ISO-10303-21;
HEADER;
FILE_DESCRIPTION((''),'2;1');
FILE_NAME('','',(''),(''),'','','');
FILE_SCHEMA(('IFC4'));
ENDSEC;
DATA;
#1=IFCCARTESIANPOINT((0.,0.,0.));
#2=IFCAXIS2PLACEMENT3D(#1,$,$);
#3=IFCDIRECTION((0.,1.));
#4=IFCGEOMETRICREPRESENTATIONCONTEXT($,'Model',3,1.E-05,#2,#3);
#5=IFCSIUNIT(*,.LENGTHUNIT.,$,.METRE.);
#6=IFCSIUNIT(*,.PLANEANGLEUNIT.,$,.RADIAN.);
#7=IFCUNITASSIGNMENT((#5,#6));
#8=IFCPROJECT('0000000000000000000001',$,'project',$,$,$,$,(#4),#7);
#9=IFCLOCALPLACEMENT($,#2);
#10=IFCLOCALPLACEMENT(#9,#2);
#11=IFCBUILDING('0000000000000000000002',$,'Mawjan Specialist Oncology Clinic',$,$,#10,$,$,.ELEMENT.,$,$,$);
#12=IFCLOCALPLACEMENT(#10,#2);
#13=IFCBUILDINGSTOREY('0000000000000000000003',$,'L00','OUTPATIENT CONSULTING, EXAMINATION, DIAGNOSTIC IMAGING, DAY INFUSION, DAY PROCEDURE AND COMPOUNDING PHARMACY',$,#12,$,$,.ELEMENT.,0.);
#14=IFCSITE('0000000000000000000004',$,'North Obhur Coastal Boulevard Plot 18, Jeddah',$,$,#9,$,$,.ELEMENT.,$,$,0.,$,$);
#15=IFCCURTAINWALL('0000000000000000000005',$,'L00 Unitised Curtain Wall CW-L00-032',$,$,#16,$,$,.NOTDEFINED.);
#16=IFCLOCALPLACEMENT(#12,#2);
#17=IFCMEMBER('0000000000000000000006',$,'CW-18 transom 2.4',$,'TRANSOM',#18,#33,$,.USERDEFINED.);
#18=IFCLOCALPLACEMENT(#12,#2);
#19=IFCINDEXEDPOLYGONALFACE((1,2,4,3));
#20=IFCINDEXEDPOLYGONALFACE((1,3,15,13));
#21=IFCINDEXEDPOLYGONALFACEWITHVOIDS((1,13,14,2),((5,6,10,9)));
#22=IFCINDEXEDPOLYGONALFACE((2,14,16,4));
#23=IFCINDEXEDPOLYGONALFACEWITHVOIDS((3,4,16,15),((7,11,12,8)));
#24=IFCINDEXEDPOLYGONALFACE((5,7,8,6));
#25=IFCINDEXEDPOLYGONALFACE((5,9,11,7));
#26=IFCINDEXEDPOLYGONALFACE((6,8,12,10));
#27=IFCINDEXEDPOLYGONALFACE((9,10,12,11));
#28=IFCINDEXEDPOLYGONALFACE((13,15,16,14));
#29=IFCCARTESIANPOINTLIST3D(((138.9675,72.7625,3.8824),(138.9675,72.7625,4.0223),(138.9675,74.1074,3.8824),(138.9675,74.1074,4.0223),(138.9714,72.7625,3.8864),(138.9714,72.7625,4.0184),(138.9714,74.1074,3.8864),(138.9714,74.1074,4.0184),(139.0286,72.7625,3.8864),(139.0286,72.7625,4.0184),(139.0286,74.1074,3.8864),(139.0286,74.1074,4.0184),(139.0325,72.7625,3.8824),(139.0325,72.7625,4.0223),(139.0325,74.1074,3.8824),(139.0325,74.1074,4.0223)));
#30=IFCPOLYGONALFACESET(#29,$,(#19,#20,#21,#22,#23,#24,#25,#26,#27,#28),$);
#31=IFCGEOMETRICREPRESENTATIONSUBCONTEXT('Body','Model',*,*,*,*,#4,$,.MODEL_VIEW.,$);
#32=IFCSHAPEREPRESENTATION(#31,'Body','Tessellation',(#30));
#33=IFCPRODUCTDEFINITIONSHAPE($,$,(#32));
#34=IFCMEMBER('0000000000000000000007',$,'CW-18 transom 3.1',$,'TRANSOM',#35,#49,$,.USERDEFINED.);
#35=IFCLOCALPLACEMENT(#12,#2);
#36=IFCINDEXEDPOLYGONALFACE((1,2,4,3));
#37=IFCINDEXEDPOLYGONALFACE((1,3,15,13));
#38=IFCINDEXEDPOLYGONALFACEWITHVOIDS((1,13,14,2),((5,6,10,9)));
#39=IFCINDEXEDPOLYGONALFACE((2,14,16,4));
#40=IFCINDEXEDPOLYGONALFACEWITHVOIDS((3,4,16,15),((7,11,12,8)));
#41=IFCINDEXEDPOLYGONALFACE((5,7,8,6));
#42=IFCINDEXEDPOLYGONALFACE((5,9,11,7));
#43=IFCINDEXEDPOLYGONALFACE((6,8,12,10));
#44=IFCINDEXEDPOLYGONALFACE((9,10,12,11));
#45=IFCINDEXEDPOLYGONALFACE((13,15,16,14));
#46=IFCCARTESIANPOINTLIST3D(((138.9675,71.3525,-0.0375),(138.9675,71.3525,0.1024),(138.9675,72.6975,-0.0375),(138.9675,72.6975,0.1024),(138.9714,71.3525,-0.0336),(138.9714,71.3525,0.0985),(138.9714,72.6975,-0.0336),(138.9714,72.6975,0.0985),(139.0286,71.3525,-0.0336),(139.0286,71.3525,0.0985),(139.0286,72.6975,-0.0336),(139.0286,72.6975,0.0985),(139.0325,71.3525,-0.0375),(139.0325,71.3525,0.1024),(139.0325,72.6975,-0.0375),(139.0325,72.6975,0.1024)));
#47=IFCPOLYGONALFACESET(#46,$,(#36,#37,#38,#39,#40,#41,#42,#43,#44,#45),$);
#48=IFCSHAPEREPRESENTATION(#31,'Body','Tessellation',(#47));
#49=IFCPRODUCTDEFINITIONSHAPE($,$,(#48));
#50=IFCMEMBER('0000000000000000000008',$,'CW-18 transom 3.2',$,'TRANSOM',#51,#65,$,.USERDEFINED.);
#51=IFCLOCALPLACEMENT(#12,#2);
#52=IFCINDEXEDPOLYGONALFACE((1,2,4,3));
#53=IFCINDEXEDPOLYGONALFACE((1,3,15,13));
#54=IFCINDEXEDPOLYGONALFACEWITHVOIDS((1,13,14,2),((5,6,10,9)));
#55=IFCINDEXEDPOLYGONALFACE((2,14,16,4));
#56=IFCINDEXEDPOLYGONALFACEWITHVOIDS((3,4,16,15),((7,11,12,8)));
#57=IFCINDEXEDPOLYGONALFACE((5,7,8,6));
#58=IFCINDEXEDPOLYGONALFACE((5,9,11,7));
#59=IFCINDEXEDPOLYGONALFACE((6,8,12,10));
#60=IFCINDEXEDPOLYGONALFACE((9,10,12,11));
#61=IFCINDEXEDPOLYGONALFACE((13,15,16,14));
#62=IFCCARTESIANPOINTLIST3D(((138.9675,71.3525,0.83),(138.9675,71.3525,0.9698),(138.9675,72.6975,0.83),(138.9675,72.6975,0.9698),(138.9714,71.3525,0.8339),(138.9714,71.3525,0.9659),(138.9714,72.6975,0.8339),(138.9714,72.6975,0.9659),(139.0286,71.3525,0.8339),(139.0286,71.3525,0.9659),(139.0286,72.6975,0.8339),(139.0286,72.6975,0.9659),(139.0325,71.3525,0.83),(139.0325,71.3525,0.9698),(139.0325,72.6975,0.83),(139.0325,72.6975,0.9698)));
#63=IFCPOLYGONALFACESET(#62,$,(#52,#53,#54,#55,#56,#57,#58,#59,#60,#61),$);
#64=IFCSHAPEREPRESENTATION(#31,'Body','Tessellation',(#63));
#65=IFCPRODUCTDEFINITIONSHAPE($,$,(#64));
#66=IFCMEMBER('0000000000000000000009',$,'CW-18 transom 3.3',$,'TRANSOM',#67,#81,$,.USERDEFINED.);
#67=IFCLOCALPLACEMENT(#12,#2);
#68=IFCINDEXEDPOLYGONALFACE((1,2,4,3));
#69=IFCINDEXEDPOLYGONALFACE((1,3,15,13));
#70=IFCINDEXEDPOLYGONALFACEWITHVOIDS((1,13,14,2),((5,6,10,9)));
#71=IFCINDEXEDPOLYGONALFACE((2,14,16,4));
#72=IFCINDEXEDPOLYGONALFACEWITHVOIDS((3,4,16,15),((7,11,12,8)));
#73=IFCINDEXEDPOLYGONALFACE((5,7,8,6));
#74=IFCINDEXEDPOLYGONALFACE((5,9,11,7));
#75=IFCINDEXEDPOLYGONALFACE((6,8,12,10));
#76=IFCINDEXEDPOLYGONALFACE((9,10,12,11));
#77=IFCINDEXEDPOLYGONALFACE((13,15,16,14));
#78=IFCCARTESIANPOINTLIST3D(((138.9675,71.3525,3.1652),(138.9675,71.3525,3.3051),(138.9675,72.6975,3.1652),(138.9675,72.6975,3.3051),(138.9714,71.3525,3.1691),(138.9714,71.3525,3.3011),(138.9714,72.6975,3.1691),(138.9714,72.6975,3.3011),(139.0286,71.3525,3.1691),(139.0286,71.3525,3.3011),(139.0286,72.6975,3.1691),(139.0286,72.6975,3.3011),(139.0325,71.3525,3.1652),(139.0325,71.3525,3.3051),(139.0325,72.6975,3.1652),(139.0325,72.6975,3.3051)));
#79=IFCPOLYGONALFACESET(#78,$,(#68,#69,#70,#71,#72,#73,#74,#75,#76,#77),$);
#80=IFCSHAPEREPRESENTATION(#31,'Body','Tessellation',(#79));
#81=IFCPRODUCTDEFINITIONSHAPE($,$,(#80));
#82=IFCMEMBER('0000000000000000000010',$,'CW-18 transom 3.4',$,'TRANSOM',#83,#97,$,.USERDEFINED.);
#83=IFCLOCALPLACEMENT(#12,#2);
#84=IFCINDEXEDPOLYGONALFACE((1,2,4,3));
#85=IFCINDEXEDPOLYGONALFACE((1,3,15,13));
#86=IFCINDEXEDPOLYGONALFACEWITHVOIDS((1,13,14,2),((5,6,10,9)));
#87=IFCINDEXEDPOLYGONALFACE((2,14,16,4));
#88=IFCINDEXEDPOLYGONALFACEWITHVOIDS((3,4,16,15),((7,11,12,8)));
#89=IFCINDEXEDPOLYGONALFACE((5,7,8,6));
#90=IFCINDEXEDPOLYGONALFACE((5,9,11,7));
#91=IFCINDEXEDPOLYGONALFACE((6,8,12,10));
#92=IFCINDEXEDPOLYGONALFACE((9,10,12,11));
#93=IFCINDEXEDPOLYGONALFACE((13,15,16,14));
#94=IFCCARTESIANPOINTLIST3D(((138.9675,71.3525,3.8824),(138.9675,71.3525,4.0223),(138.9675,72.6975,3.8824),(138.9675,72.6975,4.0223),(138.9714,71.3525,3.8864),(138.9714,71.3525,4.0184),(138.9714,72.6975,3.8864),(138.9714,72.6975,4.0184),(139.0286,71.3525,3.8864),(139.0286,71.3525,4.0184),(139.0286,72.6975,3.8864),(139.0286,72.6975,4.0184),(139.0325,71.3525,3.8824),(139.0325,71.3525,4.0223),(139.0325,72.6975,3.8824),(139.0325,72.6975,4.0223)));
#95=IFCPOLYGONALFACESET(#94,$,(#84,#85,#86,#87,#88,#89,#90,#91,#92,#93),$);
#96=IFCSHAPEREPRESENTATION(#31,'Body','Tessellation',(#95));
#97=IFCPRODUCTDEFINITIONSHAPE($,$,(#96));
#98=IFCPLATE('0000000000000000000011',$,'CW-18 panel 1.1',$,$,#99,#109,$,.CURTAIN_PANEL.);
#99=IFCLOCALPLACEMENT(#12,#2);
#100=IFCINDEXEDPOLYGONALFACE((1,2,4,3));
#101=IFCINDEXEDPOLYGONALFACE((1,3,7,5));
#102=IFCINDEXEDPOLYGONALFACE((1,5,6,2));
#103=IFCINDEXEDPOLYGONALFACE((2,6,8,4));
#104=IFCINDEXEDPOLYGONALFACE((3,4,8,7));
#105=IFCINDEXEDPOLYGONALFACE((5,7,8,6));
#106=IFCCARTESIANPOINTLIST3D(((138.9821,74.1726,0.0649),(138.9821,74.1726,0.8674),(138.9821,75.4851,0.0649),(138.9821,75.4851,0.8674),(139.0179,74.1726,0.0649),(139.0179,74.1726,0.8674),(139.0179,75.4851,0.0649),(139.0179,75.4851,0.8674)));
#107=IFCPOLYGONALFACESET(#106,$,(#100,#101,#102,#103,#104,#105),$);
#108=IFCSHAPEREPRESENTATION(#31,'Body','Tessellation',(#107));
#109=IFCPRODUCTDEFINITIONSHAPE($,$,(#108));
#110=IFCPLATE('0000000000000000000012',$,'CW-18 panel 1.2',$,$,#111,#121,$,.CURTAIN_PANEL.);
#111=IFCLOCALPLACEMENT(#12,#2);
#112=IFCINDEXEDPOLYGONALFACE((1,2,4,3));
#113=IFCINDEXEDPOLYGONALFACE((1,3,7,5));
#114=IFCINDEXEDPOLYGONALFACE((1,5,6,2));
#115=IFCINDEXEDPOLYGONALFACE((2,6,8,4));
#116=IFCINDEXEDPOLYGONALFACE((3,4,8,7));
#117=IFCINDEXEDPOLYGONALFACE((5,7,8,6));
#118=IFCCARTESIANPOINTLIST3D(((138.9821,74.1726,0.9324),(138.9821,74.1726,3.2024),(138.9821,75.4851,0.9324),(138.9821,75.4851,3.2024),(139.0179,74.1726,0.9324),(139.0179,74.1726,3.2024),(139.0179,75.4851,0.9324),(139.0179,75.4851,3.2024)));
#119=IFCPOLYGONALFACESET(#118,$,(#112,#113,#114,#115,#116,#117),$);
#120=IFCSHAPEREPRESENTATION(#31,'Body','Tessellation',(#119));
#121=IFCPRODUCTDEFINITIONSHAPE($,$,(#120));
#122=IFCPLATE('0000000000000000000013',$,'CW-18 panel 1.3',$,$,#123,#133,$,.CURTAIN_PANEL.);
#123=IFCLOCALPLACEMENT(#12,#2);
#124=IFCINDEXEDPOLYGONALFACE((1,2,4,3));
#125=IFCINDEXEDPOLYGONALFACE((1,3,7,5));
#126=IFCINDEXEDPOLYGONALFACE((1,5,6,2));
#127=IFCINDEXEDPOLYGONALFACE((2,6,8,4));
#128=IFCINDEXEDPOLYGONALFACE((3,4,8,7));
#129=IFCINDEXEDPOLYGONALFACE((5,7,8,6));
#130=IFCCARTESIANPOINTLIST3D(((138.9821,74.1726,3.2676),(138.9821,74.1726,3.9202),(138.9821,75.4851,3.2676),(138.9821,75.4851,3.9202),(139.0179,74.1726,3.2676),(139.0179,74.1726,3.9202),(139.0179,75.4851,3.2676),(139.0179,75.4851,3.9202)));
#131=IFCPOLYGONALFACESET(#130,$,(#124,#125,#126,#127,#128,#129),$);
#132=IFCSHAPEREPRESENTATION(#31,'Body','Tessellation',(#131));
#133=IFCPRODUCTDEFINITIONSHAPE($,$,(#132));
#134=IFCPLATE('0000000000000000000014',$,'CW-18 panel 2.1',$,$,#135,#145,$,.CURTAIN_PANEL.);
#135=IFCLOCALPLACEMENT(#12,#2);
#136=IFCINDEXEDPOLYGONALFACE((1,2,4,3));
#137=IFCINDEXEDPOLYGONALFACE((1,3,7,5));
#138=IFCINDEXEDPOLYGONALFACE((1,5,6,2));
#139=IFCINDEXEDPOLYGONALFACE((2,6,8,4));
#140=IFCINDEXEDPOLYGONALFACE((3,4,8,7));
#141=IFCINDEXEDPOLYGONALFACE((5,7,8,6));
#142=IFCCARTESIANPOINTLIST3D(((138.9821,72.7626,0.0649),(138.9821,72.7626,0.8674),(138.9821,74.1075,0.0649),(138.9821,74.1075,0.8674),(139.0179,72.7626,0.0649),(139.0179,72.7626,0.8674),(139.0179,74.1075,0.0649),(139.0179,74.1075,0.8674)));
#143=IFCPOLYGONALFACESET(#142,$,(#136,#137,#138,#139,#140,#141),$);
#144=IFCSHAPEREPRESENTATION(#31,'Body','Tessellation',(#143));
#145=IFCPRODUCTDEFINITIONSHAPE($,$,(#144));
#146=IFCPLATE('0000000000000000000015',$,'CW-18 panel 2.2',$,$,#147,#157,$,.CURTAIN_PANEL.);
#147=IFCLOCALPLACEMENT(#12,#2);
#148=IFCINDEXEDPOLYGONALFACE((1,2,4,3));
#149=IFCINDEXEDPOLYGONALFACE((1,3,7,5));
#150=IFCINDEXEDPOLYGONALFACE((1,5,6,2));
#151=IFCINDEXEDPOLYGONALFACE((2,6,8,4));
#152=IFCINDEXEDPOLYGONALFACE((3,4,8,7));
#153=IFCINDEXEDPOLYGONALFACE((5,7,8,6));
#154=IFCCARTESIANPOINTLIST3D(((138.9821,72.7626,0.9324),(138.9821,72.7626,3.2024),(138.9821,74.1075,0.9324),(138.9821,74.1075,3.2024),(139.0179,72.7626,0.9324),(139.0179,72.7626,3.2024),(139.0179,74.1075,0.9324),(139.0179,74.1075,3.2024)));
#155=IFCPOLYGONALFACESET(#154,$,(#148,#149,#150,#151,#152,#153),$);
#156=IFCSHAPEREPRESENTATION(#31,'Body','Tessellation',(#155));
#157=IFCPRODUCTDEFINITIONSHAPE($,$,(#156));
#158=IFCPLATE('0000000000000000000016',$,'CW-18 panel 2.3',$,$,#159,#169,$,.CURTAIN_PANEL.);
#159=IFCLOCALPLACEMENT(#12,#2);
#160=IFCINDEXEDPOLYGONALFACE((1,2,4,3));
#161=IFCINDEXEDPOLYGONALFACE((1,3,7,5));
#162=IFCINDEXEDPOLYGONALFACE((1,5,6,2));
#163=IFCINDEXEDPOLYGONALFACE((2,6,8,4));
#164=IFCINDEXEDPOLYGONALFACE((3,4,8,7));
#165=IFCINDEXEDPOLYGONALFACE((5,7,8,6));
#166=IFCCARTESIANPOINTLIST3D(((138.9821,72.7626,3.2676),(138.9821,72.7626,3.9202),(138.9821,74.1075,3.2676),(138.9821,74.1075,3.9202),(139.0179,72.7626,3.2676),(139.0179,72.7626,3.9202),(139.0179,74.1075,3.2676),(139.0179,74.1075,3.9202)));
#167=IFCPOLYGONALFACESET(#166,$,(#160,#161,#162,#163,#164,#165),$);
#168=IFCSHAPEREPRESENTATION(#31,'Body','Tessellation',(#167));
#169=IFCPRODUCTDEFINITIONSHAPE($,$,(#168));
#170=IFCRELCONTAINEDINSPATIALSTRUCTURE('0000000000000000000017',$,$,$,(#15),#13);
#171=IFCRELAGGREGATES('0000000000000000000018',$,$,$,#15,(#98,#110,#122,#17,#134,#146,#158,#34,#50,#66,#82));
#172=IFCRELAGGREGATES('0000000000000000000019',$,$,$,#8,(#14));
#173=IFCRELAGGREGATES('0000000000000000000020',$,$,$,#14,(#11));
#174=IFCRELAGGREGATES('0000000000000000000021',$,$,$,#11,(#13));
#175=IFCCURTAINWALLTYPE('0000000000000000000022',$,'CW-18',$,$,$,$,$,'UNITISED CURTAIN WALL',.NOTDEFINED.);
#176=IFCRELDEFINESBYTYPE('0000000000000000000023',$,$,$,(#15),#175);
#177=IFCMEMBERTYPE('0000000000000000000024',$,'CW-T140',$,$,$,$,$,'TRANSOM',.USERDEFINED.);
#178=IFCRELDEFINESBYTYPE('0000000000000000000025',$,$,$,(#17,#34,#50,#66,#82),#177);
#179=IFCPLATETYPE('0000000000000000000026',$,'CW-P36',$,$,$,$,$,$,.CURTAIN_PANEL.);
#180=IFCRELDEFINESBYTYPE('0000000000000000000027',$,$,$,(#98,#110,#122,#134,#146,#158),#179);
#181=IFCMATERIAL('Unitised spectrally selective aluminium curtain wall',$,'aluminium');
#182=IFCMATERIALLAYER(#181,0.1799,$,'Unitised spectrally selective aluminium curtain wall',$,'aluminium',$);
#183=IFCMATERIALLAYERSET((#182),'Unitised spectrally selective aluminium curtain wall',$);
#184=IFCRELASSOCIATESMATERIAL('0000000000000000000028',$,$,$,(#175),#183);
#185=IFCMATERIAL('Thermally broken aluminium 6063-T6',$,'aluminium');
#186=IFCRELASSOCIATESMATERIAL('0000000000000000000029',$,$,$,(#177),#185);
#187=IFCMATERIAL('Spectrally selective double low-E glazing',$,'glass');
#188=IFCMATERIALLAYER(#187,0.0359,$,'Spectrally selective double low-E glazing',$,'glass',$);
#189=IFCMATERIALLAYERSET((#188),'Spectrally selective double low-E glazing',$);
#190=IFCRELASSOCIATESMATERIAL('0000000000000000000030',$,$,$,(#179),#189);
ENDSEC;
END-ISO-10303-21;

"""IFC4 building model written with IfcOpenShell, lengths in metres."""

from ifc_helpers import new_model, si_unit, direction, frame, origin, origin_2d, place, context, subcontext, project, spatial, rectangle, hollow_rectangle, extrude, material, layer, layer_set, material_profile, profile_set, type_object, element, aggregate, save


model = new_model("IFC4")

# Units and contexts
model_context = context("Model", 3, precision=1e-05, world=origin(), true_north=direction((0.0, 1.0)))
body_context = subcontext(model_context, "Body", "Model", "MODEL_VIEW")
ifc_project = project(units=[si_unit("LENGTHUNIT", "METRE"), si_unit("PLANEANGLEUNIT", "RADIAN")], contexts=[model_context])

# Site, building, storey
site_placement = place(None, origin())
site = spatial("IfcSite", under=ifc_project, at=site_placement, Name="North Obhur Coastal Boulevard Plot 18, Jeddah", CompositionType="ELEMENT", RefElevation=0.0)
building_placement = place(site_placement, origin())
building = spatial("IfcBuilding", under=site, at=building_placement, Name="Mawjan Specialist Oncology Clinic", CompositionType="ELEMENT")
storey_placement = place(building_placement, origin())
storey = spatial("IfcBuildingStorey", under=building, at=storey_placement, Name="L00", Description="OUTPATIENT CONSULTING, EXAMINATION, DIAGNOSTIC IMAGING, DAY INFUSION, DAY PROCEDURE AND COMPOUNDING PHARMACY", CompositionType="ELEMENT", Elevation=0.0)

# Curtain wall, members, plates
ifc_material_1 = material(Name="Unitised spectrally selective aluminium curtain wall", Category="aluminium")
ifc_layer_1 = layer(ifc_material_1, 0.1799, Name="Unitised spectrally selective aluminium curtain wall", Category="aluminium")
ifc_layer_set_1 = layer_set([ifc_layer_1], Name="Unitised spectrally selective aluminium curtain wall")
curtain_wall_type = type_object("IfcCurtainWallType", Name="CW-18", ElementType="UNITISED CURTAIN WALL", PredefinedType="NOTDEFINED", material=ifc_layer_set_1)
curtain_wall_placement = place(storey_placement, origin())
curtain_wall = element("IfcCurtainWall", 1, at=curtain_wall_placement, inside=storey, type_object=curtain_wall_type, Name="L00 Unitised Curtain Wall CW-L00-032", PredefinedType="NOTDEFINED")
ifc_material_2 = material(Name="Thermally broken aluminium 6063-T6", Category="aluminium")
ifc_material_profile_1 = material_profile(ifc_material_2, hollow_rectangle(XDim=0.0649, YDim=0.1399, WallThickness=0.0039, at=origin_2d()), Name="ALU TRANSOM 140x65x4", Category="aluminium")
ifc_profile_set_1 = profile_set([ifc_material_profile_1], Name="Thermally broken aluminium 6063-T6")
member_type_1 = type_object("IfcMemberType", Name="CW-T140", ElementType="TRANSOM", PredefinedType="USERDEFINED", material=ifc_profile_set_1)
member_1_placement = place(storey_placement, frame((139.0, 74.1074, 3.9524), z_axis=(0.0, -1.0, 0.0), x_axis=(1.0, 0.0, 0.0)))
member_1 = element("IfcMember", 2, at=member_1_placement, type_object=member_type_1, Name="CW-18 transom 2.4", ObjectType="TRANSOM", PredefinedType="USERDEFINED", context=body_context, shape_type="SweptSolid", body=[
    extrude(hollow_rectangle(XDim=0.0649, YDim=0.1399, WallThickness=0.0039, at=origin_2d()), origin(), (0.0, 0.0, 1.0), 1.345),
])
member_2_placement = place(storey_placement, frame((139.0, 72.6975, 0.0325), z_axis=(0.0, -1.0, 0.0), x_axis=(1.0, 0.0, 0.0)))
member_2 = element("IfcMember", 3, at=member_2_placement, type_object=member_type_1, Name="CW-18 transom 3.1", ObjectType="TRANSOM", PredefinedType="USERDEFINED", context=body_context, shape_type="SweptSolid", body=[
    extrude(hollow_rectangle(XDim=0.0649, YDim=0.1399, WallThickness=0.0039, at=origin_2d()), origin(), (0.0, 0.0, 1.0), 1.345),
])
member_3_placement = place(storey_placement, frame((139.0, 72.6975, 0.8999), z_axis=(0.0, -1.0, 0.0), x_axis=(1.0, 0.0, 0.0)))
member_3 = element("IfcMember", 4, at=member_3_placement, type_object=member_type_1, Name="CW-18 transom 3.2", ObjectType="TRANSOM", PredefinedType="USERDEFINED", context=body_context, shape_type="SweptSolid", body=[
    extrude(hollow_rectangle(XDim=0.0649, YDim=0.1399, WallThickness=0.0039, at=origin_2d()), origin(), (0.0, 0.0, 1.0), 1.345),
])
member_4_placement = place(storey_placement, frame((139.0, 72.6975, 3.2351), z_axis=(0.0, -1.0, 0.0), x_axis=(1.0, 0.0, 0.0)))
member_4 = element("IfcMember", 5, at=member_4_placement, type_object=member_type_1, Name="CW-18 transom 3.3", ObjectType="TRANSOM", PredefinedType="USERDEFINED", context=body_context, shape_type="SweptSolid", body=[
    extrude(hollow_rectangle(XDim=0.0649, YDim=0.1399, WallThickness=0.0039, at=origin_2d()), origin(), (0.0, 0.0, 1.0), 1.345),
])
member_5_placement = place(storey_placement, frame((139.0, 72.6975, 3.9524), z_axis=(0.0, -1.0, 0.0), x_axis=(1.0, 0.0, 0.0)))
member_5 = element("IfcMember", 6, at=member_5_placement, type_object=member_type_1, Name="CW-18 transom 3.4", ObjectType="TRANSOM", PredefinedType="USERDEFINED", context=body_context, shape_type="SweptSolid", body=[
    extrude(hollow_rectangle(XDim=0.0649, YDim=0.1399, WallThickness=0.0039, at=origin_2d()), origin(), (0.0, 0.0, 1.0), 1.345),
])
ifc_material_3 = material(Name="Spectrally selective double low-E glazing", Category="glass")
ifc_layer_2 = layer(ifc_material_3, 0.0359, Name="Spectrally selective double low-E glazing", Category="glass")
ifc_layer_set_2 = layer_set([ifc_layer_2], Name="Spectrally selective double low-E glazing")
plate_type = type_object("IfcPlateType", Name="CW-P36", PredefinedType="CURTAIN_PANEL", material=ifc_layer_set_2)
plate_1_placement = place(storey_placement, frame((139.0, 74.8289, 0.0649), z_axis=(0.0, 0.0, 1.0), x_axis=(0.0, -1.0, 0.0)))
plate_1 = element("IfcPlate", 7, at=plate_1_placement, type_object=plate_type, Name="CW-18 panel 1.1", PredefinedType="CURTAIN_PANEL", context=body_context, shape_type="SweptSolid", body=[
    extrude(rectangle(XDim=1.3125, YDim=0.0359, at=origin_2d()), origin(), (0.0, 0.0, 1.0), 0.8025),
])
plate_2_placement = place(storey_placement, frame((139.0, 74.8289, 0.9324), z_axis=(0.0, 0.0, 1.0), x_axis=(0.0, -1.0, 0.0)))
plate_2 = element("IfcPlate", 8, at=plate_2_placement, type_object=plate_type, Name="CW-18 panel 1.2", PredefinedType="CURTAIN_PANEL", context=body_context, shape_type="SweptSolid", body=[
    extrude(rectangle(XDim=1.3125, YDim=0.0359, at=origin_2d()), origin(), (0.0, 0.0, 1.0), 2.27),
])
plate_3_placement = place(storey_placement, frame((139.0, 74.8289, 3.2676), z_axis=(0.0, 0.0, 1.0), x_axis=(0.0, -1.0, 0.0)))
plate_3 = element("IfcPlate", 9, at=plate_3_placement, type_object=plate_type, Name="CW-18 panel 1.3", PredefinedType="CURTAIN_PANEL", context=body_context, shape_type="SweptSolid", body=[
    extrude(rectangle(XDim=1.3125, YDim=0.0359, at=origin_2d()), origin(), (0.0, 0.0, 1.0), 0.6526),
])
plate_4_placement = place(storey_placement, frame((139.0, 73.4351, 0.0649), z_axis=(0.0, 0.0, 1.0), x_axis=(0.0, -1.0, 0.0)))
plate_4 = element("IfcPlate", 10, at=plate_4_placement, type_object=plate_type, Name="CW-18 panel 2.1", PredefinedType="CURTAIN_PANEL", context=body_context, shape_type="SweptSolid", body=[
    extrude(rectangle(XDim=1.345, YDim=0.0359, at=origin_2d()), origin(), (0.0, 0.0, 1.0), 0.8025),
])
plate_5_placement = place(storey_placement, frame((139.0, 73.4351, 0.9324), z_axis=(0.0, 0.0, 1.0), x_axis=(0.0, -1.0, 0.0)))
plate_5 = element("IfcPlate", 11, at=plate_5_placement, type_object=plate_type, Name="CW-18 panel 2.2", PredefinedType="CURTAIN_PANEL", context=body_context, shape_type="SweptSolid", body=[
    extrude(rectangle(XDim=1.345, YDim=0.0359, at=origin_2d()), origin(), (0.0, 0.0, 1.0), 2.27),
])
plate_6_placement = place(storey_placement, frame((139.0, 73.4351, 3.2676), z_axis=(0.0, 0.0, 1.0), x_axis=(0.0, -1.0, 0.0)))
plate_6 = element("IfcPlate", 12, at=plate_6_placement, type_object=plate_type, Name="CW-18 panel 2.3", PredefinedType="CURTAIN_PANEL", context=body_context, shape_type="SweptSolid", body=[
    extrude(rectangle(XDim=1.345, YDim=0.0359, at=origin_2d()), origin(), (0.0, 0.0, 1.0), 0.6526),
])
aggregate(curtain_wall, [plate_1, plate_2, plate_3, member_1, plate_4, plate_5, plate_6, member_2, member_3, member_4, member_5])

save(model, "model.ifc")
